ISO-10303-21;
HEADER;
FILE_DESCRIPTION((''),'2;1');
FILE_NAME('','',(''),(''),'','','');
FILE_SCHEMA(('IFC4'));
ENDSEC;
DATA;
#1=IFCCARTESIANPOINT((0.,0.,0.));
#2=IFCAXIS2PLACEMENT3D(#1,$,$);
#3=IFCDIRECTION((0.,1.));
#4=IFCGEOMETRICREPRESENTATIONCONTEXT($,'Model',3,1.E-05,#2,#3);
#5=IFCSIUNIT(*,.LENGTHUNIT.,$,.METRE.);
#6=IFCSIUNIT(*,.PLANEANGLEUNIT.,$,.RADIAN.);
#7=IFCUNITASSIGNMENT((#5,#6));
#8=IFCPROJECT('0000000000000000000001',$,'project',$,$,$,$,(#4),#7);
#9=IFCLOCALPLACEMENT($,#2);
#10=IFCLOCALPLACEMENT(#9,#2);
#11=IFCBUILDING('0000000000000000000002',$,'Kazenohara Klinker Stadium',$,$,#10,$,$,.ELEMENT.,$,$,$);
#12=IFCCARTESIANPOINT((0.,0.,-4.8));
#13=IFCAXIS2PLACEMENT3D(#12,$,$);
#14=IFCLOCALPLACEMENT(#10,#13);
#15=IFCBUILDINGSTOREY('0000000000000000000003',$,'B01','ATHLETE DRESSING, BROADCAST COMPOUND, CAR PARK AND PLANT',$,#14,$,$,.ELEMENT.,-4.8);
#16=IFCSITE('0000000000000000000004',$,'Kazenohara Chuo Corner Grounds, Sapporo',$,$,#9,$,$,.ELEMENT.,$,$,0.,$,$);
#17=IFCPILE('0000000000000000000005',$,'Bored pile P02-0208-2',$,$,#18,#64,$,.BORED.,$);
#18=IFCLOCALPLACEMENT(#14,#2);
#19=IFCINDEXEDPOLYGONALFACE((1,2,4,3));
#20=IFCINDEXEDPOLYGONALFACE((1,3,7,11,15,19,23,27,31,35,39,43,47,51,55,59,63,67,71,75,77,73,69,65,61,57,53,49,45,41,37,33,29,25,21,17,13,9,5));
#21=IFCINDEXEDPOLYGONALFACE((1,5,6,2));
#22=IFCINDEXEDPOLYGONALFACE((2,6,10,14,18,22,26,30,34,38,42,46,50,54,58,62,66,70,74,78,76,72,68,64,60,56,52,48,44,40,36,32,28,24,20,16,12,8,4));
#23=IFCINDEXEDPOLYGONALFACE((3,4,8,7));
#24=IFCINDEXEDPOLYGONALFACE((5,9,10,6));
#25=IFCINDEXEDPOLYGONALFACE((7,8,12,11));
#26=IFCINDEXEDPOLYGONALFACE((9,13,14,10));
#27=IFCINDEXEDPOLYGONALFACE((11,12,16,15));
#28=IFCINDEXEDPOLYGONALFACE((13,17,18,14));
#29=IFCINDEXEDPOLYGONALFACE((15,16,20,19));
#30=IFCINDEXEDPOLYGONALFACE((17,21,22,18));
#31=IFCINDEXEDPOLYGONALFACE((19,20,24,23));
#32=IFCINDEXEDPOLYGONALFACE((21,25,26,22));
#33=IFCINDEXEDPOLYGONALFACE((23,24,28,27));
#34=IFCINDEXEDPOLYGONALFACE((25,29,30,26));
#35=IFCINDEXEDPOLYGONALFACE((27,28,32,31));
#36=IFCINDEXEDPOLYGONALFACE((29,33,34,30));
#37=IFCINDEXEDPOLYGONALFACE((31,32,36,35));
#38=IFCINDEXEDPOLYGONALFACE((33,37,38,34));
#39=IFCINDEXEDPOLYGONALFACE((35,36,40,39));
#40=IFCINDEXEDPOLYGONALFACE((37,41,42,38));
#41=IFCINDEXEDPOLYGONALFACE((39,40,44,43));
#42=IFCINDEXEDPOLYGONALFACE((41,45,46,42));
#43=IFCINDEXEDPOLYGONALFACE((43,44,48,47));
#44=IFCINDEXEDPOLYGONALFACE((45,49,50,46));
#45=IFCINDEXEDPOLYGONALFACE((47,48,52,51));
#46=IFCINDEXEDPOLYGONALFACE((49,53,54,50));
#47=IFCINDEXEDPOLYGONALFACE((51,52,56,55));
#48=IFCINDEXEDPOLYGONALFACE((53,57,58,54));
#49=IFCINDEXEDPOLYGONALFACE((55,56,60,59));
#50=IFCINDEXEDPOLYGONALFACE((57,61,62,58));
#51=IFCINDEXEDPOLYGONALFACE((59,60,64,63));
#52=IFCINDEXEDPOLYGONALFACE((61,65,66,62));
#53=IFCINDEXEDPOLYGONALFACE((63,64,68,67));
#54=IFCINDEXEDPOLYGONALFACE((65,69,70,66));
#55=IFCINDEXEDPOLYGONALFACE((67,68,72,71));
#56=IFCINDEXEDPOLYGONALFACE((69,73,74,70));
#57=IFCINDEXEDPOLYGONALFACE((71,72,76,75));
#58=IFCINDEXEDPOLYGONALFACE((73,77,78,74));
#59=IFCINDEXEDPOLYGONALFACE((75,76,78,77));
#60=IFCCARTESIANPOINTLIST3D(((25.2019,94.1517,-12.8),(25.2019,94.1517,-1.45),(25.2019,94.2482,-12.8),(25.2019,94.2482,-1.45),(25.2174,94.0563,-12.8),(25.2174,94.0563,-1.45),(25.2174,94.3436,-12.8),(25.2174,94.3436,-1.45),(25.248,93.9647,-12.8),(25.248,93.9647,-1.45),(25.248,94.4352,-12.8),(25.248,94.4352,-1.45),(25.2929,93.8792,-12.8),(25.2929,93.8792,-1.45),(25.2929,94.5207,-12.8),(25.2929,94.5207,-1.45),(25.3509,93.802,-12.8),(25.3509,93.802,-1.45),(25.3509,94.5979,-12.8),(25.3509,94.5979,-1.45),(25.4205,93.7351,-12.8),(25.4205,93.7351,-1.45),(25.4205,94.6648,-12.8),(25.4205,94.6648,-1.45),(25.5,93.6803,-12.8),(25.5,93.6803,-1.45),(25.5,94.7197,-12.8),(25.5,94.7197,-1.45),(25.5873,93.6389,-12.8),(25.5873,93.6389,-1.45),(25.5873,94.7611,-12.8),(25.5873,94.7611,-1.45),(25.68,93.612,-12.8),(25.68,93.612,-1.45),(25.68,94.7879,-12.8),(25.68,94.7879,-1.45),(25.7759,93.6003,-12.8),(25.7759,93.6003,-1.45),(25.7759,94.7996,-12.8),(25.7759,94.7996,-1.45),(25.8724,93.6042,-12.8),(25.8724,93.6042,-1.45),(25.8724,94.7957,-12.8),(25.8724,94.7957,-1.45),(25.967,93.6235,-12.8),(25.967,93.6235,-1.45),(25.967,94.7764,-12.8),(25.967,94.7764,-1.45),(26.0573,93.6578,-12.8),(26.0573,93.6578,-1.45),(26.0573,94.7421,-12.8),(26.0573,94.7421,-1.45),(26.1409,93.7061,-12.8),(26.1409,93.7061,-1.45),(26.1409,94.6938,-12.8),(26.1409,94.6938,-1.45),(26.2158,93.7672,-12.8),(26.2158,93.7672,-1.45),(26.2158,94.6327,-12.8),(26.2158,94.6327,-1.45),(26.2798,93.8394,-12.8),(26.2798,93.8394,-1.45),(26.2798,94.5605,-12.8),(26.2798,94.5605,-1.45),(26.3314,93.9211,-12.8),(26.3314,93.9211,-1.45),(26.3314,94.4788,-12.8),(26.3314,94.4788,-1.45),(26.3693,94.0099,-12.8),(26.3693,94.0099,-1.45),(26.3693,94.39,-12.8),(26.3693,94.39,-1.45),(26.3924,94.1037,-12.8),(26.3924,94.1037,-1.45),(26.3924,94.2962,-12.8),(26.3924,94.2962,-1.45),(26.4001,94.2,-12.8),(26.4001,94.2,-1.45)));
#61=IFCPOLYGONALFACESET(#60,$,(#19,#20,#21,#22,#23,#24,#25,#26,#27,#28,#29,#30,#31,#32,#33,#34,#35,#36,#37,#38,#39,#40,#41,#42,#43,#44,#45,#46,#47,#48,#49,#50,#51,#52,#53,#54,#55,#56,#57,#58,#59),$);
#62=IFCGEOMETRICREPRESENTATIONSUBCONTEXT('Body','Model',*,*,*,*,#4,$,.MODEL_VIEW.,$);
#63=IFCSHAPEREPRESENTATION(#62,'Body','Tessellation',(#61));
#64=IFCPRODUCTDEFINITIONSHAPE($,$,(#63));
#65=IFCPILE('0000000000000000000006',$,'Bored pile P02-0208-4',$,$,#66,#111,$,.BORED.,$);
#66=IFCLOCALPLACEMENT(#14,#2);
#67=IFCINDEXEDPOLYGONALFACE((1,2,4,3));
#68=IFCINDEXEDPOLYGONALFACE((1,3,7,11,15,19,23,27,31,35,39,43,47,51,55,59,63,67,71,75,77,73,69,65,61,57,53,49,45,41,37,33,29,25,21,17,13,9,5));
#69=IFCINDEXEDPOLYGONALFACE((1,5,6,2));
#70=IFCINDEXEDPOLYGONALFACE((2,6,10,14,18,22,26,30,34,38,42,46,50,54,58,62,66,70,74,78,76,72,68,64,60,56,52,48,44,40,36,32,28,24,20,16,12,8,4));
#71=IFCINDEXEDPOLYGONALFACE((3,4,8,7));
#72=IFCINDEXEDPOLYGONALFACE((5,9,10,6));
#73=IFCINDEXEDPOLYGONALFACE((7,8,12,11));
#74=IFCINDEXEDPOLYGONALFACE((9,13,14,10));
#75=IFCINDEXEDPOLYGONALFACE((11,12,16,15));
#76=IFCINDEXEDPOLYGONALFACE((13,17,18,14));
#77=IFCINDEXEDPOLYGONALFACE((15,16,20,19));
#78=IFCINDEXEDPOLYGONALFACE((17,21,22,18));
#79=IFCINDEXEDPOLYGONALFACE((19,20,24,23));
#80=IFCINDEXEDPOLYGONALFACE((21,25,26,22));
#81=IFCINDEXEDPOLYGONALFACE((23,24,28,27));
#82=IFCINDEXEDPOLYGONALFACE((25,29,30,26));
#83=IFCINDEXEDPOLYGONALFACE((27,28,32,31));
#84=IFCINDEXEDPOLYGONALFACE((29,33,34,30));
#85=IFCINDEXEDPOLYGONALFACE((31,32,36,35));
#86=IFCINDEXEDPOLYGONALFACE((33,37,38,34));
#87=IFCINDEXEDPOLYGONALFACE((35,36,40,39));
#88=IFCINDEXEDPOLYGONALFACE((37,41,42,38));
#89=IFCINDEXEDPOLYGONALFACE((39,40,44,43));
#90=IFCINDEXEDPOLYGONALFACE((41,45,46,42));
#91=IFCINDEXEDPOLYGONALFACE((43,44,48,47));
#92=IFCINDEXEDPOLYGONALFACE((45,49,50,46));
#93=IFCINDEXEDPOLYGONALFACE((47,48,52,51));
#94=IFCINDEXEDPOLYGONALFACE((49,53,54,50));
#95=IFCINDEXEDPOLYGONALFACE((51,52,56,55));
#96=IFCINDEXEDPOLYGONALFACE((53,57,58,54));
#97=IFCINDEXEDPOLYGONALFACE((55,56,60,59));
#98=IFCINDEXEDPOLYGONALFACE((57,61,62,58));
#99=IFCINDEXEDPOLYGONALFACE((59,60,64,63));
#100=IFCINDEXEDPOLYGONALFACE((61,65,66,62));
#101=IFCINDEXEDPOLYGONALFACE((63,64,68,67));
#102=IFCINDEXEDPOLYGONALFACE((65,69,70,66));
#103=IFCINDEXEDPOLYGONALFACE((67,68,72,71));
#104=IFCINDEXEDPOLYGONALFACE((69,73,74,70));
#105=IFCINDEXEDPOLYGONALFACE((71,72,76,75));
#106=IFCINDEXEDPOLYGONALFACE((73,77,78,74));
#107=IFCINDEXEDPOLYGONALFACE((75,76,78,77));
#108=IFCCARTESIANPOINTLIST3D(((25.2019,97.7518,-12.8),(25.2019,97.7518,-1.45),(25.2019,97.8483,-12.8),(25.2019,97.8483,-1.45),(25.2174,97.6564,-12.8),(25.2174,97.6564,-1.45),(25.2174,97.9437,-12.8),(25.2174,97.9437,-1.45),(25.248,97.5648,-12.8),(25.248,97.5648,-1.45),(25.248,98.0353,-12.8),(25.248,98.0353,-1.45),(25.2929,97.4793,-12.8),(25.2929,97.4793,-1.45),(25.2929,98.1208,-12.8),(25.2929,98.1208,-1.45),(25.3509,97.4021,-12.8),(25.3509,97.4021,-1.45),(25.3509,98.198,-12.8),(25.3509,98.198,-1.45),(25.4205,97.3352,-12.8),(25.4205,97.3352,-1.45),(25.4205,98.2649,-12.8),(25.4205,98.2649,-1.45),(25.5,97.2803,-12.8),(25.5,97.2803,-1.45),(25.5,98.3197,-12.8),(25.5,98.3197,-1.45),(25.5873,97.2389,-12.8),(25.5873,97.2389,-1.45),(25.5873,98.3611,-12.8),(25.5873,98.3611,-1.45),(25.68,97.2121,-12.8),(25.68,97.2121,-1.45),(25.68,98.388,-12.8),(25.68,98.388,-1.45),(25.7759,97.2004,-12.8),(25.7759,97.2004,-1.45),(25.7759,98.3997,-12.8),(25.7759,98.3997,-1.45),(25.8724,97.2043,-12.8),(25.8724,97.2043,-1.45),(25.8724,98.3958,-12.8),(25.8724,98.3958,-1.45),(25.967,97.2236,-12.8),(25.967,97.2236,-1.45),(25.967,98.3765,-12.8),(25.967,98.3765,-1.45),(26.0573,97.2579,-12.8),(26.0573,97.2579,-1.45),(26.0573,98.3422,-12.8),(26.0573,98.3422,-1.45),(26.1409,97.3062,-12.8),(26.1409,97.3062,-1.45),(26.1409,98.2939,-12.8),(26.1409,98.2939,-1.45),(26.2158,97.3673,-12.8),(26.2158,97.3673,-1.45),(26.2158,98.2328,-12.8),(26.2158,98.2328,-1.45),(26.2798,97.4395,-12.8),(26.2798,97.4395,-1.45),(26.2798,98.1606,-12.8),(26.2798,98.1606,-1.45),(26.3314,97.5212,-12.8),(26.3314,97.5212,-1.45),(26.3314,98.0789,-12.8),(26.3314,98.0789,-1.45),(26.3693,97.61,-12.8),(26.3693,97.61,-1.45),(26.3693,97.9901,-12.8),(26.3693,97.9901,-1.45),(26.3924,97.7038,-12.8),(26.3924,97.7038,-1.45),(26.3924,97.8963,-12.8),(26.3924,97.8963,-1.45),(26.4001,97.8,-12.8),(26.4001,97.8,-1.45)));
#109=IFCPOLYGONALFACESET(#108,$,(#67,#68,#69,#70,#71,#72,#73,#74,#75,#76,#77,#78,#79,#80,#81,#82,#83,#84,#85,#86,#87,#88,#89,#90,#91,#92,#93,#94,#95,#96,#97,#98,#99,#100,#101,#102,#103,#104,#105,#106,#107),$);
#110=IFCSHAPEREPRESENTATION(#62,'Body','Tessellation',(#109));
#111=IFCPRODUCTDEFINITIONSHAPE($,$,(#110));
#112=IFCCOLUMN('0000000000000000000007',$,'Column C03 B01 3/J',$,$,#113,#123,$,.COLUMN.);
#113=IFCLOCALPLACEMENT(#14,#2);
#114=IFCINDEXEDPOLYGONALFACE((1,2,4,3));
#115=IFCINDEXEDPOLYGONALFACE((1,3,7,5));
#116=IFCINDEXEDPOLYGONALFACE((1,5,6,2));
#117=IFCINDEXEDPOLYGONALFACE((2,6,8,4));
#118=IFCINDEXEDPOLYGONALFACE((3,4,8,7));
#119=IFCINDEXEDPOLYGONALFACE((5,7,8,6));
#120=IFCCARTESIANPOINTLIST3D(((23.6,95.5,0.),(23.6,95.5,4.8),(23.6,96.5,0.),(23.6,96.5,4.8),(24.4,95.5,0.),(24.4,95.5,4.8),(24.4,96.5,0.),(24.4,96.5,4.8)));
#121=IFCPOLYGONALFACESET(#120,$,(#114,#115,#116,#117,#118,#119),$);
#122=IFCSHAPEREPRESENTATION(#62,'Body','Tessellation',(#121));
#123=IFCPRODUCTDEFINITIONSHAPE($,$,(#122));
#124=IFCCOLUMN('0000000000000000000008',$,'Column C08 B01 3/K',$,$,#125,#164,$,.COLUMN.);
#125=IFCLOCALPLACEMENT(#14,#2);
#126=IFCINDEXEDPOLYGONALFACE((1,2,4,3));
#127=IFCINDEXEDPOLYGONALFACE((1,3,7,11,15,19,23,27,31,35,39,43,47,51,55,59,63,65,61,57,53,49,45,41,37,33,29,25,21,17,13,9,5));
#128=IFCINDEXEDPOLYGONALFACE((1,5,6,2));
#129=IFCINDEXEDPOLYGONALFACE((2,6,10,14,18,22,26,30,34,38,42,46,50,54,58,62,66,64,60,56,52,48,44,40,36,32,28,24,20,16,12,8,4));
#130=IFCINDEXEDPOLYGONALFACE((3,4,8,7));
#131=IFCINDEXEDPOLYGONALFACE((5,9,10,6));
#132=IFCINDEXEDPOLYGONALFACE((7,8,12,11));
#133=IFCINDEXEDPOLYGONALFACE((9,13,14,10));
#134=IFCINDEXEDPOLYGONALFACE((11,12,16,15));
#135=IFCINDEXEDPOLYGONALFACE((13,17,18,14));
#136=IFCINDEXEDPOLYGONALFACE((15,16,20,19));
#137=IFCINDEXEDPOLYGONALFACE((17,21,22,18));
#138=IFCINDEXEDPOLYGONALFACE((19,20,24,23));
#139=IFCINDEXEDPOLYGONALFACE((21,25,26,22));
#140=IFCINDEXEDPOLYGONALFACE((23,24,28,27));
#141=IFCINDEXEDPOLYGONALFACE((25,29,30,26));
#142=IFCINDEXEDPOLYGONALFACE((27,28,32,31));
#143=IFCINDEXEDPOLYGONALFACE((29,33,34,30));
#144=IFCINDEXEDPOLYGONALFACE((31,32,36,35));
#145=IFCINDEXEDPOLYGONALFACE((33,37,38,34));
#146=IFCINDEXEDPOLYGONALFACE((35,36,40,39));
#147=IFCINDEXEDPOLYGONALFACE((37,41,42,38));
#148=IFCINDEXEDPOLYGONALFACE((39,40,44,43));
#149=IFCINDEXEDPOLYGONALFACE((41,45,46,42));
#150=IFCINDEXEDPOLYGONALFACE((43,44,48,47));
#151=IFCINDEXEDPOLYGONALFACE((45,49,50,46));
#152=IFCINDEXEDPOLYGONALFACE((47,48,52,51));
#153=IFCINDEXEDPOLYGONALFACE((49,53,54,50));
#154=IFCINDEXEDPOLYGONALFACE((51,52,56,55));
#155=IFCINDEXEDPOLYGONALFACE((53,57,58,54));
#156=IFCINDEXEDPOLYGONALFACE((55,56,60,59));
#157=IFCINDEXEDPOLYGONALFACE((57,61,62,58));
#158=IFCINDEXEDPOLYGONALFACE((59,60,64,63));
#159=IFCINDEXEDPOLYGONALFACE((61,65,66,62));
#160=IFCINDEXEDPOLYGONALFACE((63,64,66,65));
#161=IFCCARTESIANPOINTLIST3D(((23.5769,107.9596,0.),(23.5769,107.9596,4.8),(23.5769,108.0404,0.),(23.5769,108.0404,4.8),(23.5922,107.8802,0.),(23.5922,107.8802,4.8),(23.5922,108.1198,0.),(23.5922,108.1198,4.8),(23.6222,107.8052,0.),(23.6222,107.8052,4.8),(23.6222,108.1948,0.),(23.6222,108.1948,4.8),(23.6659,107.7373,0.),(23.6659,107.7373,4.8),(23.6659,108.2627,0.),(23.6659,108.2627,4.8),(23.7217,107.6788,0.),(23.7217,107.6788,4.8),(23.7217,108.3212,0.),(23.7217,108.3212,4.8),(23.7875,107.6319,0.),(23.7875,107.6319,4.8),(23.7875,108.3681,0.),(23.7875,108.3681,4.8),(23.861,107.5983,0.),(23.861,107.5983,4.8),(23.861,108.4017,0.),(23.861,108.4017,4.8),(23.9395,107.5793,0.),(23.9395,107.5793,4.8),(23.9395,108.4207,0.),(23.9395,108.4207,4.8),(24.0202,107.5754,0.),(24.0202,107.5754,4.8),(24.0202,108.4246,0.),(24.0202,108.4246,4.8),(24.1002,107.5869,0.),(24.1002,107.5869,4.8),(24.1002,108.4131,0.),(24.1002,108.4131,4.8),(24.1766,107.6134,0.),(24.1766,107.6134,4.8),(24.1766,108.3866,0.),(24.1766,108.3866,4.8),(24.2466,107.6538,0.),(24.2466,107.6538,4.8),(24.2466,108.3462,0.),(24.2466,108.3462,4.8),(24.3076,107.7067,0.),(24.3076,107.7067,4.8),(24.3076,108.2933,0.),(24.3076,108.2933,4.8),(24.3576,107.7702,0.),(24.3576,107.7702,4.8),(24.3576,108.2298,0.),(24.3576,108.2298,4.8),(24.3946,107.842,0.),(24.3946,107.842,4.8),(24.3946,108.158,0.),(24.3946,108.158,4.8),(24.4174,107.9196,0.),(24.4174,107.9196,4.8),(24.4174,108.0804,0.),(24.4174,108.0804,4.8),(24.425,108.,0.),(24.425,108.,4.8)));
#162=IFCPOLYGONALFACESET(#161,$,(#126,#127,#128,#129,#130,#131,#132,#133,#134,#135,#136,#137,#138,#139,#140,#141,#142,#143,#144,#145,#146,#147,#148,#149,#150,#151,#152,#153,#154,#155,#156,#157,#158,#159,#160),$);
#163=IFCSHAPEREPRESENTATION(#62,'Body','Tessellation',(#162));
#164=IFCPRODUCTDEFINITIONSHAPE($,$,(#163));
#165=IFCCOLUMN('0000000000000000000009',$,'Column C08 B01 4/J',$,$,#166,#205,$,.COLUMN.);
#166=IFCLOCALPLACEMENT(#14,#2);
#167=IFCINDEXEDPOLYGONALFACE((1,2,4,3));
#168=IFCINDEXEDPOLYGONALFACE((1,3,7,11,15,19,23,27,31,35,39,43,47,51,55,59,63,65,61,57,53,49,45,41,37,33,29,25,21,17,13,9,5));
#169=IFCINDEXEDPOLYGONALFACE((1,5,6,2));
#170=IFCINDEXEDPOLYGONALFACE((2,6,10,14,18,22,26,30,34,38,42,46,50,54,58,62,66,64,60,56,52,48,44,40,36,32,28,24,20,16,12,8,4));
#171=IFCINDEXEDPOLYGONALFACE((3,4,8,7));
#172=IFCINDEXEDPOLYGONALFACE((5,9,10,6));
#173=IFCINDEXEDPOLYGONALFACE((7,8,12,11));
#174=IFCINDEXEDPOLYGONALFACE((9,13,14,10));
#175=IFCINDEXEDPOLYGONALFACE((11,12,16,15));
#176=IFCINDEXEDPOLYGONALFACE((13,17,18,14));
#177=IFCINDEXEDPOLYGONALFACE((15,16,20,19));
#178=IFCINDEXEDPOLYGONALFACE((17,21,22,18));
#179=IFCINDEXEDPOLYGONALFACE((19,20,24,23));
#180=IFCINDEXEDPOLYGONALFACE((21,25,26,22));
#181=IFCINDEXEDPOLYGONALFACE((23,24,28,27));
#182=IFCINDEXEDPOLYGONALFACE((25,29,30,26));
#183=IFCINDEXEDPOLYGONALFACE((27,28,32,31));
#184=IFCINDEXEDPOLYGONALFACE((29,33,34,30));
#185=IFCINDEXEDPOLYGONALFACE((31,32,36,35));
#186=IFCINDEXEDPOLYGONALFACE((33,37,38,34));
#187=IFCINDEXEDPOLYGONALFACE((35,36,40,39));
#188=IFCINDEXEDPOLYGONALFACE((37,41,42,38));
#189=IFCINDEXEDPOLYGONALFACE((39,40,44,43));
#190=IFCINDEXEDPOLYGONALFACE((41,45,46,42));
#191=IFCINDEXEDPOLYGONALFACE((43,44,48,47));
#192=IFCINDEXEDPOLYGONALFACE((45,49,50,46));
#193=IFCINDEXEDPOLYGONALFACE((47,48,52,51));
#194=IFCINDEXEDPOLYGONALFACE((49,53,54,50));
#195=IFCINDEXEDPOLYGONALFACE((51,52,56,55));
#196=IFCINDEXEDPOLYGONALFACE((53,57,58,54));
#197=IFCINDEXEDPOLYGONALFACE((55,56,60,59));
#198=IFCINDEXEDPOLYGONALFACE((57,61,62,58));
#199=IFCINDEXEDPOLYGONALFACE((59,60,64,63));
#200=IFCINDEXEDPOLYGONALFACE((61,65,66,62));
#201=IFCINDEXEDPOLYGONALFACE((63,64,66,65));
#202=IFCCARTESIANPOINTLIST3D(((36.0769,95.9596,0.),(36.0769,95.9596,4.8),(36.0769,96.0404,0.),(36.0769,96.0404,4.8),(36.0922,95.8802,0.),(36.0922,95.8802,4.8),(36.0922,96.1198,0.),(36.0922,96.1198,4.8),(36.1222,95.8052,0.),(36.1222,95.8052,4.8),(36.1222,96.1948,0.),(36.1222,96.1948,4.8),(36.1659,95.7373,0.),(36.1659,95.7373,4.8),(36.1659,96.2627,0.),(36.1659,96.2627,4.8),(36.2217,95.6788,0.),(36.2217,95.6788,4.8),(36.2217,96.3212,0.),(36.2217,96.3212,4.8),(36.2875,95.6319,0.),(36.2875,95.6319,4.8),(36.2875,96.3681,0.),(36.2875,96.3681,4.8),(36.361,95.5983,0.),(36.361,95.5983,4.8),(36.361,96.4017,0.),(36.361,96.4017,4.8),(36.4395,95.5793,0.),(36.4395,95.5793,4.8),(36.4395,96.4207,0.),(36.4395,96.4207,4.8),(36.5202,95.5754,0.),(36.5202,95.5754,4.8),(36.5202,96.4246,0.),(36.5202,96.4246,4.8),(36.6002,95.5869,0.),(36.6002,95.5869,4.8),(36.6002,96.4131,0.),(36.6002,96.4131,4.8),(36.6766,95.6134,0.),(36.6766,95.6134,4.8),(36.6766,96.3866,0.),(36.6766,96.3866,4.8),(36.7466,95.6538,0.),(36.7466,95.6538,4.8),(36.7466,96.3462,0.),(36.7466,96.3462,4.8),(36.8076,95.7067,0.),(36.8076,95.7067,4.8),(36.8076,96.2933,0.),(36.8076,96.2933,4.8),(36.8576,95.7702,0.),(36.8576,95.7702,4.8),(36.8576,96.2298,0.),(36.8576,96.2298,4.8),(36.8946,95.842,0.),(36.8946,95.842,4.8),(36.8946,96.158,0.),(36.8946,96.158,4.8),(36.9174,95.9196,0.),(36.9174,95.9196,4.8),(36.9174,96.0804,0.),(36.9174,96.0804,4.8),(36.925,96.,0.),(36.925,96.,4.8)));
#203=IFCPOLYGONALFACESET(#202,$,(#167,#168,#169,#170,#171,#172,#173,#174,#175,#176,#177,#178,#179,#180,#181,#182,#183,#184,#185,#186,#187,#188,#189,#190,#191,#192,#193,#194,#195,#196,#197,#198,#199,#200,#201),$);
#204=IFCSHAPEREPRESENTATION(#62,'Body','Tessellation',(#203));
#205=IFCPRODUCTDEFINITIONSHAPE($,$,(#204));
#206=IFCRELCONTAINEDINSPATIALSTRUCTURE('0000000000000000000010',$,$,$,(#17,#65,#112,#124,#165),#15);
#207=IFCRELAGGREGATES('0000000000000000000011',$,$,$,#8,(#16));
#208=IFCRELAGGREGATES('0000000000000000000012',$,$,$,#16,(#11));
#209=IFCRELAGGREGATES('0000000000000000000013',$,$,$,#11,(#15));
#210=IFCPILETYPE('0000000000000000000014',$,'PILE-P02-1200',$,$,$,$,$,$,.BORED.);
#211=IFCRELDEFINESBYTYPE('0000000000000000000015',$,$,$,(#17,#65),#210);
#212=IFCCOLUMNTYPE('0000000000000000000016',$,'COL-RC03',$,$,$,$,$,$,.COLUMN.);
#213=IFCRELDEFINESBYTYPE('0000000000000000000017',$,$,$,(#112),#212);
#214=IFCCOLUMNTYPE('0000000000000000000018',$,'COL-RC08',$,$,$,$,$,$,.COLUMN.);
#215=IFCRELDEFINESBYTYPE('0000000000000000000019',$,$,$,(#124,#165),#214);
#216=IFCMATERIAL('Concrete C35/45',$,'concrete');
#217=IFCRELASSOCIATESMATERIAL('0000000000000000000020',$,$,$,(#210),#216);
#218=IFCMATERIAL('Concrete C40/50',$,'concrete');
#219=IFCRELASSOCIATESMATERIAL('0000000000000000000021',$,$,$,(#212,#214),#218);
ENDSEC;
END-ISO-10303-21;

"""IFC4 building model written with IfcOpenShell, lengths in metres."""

from ifc_helpers import new_model, si_unit, direction, frame, origin, origin_2d, place, context, subcontext, project, spatial, rectangle, circle, extrude, material, material_profile, profile_set, type_object, element, save


model = new_model("IFC4")

# Units and contexts
model_context = context("Model", 3, precision=1e-05, world=origin(), true_north=direction((0.0, 1.0)))
body_context = subcontext(model_context, "Body", "Model", "MODEL_VIEW")
ifc_project = project(units=[si_unit("LENGTHUNIT", "METRE"), si_unit("PLANEANGLEUNIT", "RADIAN")], contexts=[model_context])

# Site, building, storey
site_placement = place(None, origin())
site = spatial("IfcSite", under=ifc_project, at=site_placement, Name="Kazenohara Chuo Corner Grounds, Sapporo", CompositionType="ELEMENT", RefElevation=0.0)
building_placement = place(site_placement, origin())
building = spatial("IfcBuilding", under=site, at=building_placement, Name="Kazenohara Klinker Stadium", CompositionType="ELEMENT")
storey_placement = place(building_placement, frame((0.0, 0.0, -4.8)))
storey = spatial("IfcBuildingStorey", under=building, at=storey_placement, Name="B01", Description="ATHLETE DRESSING, BROADCAST COMPOUND, CAR PARK AND PLANT", CompositionType="ELEMENT", Elevation=-4.8)

# Shared definitions
ifc_material_1 = material(Name="Concrete C35/45", Category="concrete")

# Piles
ifc_material_profile_1 = material_profile(ifc_material_1, circle(Radius=0.6001, at=origin_2d()), Name="BORED-PILE-1200")
ifc_profile_set_1 = profile_set([ifc_material_profile_1], Name="Concrete C35/45")
pile_type_1 = type_object("IfcPileType", Name="PILE-P02-1200", PredefinedType="BORED", material=ifc_profile_set_1)
for number, where, z_axis, x_axis, name in (
    (1, (25.8, 94.2, -1.45), (0.0, 0.0, -1.0), (1.0, 0.0, 0.0), "Bored pile P02-0208-2"),
    (2, (25.8, 97.8, -1.45), (0.0, 0.0, -1.0), (1.0, 0.0, 0.0), "Bored pile P02-0208-4"),
):
    element("IfcPile", number, at=place(storey_placement, frame(where, z_axis=z_axis, x_axis=x_axis)), inside=storey, type_object=pile_type_1, Name=name, PredefinedType="BORED", context=body_context, shape_type="SweptSolid", body=[
        extrude(circle(Radius=0.6001, at=origin_2d()), origin(), (0.0, 0.0, 1.0), 11.3501),
    ])

# Columns
ifc_material_2 = material(Name="Concrete C40/50", Category="concrete")
ifc_material_profile_2 = material_profile(ifc_material_2, rectangle(XDim=0.8, YDim=1.0, at=origin_2d()), Name="RC-COL-1000x800")
ifc_profile_set_2 = profile_set([ifc_material_profile_2], Name="Concrete C40/50")
column_type_1 = type_object("IfcColumnType", Name="COL-RC03", PredefinedType="COLUMN", material=ifc_profile_set_2)
column_placement = place(storey_placement, frame((24.0, 96.0, 0.0), z_axis=(0.0, 0.0, 1.0), x_axis=(1.0, 0.0, 0.0)))
element("IfcColumn", 3, at=column_placement, inside=storey, type_object=column_type_1, Name="Column C03 B01 3/J", PredefinedType="COLUMN", context=body_context, shape_type="SweptSolid", body=[
    extrude(rectangle(XDim=0.8, YDim=1.0, at=origin_2d()), origin(), (0.0, 0.0, 1.0), 4.8),
])
ifc_material_profile_3 = material_profile(ifc_material_2, circle(Radius=0.425, at=origin_2d()), Name="RC-COL-D850")
ifc_profile_set_3 = profile_set([ifc_material_profile_3], Name="Concrete C40/50")
column_type_2 = type_object("IfcColumnType", Name="COL-RC08", PredefinedType="COLUMN", material=ifc_profile_set_3)
for number, where, z_axis, x_axis, name in (
    (4, (24.0, 108.0, 0.0), (0.0, 0.0, 1.0), (1.0, 0.0, 0.0), "Column C08 B01 3/K"),
    (5, (36.5, 96.0, 0.0), (0.0, 0.0, 1.0), (1.0, 0.0, 0.0), "Column C08 B01 4/J"),
):
    element("IfcColumn", number, at=place(storey_placement, frame(where, z_axis=z_axis, x_axis=x_axis)), inside=storey, type_object=column_type_2, Name=name, PredefinedType="COLUMN", context=body_context, shape_type="SweptSolid", body=[
        extrude(circle(Radius=0.425, at=origin_2d()), origin(), (0.0, 0.0, 1.0), 4.8),
    ])

save(model, "model.ifc")
